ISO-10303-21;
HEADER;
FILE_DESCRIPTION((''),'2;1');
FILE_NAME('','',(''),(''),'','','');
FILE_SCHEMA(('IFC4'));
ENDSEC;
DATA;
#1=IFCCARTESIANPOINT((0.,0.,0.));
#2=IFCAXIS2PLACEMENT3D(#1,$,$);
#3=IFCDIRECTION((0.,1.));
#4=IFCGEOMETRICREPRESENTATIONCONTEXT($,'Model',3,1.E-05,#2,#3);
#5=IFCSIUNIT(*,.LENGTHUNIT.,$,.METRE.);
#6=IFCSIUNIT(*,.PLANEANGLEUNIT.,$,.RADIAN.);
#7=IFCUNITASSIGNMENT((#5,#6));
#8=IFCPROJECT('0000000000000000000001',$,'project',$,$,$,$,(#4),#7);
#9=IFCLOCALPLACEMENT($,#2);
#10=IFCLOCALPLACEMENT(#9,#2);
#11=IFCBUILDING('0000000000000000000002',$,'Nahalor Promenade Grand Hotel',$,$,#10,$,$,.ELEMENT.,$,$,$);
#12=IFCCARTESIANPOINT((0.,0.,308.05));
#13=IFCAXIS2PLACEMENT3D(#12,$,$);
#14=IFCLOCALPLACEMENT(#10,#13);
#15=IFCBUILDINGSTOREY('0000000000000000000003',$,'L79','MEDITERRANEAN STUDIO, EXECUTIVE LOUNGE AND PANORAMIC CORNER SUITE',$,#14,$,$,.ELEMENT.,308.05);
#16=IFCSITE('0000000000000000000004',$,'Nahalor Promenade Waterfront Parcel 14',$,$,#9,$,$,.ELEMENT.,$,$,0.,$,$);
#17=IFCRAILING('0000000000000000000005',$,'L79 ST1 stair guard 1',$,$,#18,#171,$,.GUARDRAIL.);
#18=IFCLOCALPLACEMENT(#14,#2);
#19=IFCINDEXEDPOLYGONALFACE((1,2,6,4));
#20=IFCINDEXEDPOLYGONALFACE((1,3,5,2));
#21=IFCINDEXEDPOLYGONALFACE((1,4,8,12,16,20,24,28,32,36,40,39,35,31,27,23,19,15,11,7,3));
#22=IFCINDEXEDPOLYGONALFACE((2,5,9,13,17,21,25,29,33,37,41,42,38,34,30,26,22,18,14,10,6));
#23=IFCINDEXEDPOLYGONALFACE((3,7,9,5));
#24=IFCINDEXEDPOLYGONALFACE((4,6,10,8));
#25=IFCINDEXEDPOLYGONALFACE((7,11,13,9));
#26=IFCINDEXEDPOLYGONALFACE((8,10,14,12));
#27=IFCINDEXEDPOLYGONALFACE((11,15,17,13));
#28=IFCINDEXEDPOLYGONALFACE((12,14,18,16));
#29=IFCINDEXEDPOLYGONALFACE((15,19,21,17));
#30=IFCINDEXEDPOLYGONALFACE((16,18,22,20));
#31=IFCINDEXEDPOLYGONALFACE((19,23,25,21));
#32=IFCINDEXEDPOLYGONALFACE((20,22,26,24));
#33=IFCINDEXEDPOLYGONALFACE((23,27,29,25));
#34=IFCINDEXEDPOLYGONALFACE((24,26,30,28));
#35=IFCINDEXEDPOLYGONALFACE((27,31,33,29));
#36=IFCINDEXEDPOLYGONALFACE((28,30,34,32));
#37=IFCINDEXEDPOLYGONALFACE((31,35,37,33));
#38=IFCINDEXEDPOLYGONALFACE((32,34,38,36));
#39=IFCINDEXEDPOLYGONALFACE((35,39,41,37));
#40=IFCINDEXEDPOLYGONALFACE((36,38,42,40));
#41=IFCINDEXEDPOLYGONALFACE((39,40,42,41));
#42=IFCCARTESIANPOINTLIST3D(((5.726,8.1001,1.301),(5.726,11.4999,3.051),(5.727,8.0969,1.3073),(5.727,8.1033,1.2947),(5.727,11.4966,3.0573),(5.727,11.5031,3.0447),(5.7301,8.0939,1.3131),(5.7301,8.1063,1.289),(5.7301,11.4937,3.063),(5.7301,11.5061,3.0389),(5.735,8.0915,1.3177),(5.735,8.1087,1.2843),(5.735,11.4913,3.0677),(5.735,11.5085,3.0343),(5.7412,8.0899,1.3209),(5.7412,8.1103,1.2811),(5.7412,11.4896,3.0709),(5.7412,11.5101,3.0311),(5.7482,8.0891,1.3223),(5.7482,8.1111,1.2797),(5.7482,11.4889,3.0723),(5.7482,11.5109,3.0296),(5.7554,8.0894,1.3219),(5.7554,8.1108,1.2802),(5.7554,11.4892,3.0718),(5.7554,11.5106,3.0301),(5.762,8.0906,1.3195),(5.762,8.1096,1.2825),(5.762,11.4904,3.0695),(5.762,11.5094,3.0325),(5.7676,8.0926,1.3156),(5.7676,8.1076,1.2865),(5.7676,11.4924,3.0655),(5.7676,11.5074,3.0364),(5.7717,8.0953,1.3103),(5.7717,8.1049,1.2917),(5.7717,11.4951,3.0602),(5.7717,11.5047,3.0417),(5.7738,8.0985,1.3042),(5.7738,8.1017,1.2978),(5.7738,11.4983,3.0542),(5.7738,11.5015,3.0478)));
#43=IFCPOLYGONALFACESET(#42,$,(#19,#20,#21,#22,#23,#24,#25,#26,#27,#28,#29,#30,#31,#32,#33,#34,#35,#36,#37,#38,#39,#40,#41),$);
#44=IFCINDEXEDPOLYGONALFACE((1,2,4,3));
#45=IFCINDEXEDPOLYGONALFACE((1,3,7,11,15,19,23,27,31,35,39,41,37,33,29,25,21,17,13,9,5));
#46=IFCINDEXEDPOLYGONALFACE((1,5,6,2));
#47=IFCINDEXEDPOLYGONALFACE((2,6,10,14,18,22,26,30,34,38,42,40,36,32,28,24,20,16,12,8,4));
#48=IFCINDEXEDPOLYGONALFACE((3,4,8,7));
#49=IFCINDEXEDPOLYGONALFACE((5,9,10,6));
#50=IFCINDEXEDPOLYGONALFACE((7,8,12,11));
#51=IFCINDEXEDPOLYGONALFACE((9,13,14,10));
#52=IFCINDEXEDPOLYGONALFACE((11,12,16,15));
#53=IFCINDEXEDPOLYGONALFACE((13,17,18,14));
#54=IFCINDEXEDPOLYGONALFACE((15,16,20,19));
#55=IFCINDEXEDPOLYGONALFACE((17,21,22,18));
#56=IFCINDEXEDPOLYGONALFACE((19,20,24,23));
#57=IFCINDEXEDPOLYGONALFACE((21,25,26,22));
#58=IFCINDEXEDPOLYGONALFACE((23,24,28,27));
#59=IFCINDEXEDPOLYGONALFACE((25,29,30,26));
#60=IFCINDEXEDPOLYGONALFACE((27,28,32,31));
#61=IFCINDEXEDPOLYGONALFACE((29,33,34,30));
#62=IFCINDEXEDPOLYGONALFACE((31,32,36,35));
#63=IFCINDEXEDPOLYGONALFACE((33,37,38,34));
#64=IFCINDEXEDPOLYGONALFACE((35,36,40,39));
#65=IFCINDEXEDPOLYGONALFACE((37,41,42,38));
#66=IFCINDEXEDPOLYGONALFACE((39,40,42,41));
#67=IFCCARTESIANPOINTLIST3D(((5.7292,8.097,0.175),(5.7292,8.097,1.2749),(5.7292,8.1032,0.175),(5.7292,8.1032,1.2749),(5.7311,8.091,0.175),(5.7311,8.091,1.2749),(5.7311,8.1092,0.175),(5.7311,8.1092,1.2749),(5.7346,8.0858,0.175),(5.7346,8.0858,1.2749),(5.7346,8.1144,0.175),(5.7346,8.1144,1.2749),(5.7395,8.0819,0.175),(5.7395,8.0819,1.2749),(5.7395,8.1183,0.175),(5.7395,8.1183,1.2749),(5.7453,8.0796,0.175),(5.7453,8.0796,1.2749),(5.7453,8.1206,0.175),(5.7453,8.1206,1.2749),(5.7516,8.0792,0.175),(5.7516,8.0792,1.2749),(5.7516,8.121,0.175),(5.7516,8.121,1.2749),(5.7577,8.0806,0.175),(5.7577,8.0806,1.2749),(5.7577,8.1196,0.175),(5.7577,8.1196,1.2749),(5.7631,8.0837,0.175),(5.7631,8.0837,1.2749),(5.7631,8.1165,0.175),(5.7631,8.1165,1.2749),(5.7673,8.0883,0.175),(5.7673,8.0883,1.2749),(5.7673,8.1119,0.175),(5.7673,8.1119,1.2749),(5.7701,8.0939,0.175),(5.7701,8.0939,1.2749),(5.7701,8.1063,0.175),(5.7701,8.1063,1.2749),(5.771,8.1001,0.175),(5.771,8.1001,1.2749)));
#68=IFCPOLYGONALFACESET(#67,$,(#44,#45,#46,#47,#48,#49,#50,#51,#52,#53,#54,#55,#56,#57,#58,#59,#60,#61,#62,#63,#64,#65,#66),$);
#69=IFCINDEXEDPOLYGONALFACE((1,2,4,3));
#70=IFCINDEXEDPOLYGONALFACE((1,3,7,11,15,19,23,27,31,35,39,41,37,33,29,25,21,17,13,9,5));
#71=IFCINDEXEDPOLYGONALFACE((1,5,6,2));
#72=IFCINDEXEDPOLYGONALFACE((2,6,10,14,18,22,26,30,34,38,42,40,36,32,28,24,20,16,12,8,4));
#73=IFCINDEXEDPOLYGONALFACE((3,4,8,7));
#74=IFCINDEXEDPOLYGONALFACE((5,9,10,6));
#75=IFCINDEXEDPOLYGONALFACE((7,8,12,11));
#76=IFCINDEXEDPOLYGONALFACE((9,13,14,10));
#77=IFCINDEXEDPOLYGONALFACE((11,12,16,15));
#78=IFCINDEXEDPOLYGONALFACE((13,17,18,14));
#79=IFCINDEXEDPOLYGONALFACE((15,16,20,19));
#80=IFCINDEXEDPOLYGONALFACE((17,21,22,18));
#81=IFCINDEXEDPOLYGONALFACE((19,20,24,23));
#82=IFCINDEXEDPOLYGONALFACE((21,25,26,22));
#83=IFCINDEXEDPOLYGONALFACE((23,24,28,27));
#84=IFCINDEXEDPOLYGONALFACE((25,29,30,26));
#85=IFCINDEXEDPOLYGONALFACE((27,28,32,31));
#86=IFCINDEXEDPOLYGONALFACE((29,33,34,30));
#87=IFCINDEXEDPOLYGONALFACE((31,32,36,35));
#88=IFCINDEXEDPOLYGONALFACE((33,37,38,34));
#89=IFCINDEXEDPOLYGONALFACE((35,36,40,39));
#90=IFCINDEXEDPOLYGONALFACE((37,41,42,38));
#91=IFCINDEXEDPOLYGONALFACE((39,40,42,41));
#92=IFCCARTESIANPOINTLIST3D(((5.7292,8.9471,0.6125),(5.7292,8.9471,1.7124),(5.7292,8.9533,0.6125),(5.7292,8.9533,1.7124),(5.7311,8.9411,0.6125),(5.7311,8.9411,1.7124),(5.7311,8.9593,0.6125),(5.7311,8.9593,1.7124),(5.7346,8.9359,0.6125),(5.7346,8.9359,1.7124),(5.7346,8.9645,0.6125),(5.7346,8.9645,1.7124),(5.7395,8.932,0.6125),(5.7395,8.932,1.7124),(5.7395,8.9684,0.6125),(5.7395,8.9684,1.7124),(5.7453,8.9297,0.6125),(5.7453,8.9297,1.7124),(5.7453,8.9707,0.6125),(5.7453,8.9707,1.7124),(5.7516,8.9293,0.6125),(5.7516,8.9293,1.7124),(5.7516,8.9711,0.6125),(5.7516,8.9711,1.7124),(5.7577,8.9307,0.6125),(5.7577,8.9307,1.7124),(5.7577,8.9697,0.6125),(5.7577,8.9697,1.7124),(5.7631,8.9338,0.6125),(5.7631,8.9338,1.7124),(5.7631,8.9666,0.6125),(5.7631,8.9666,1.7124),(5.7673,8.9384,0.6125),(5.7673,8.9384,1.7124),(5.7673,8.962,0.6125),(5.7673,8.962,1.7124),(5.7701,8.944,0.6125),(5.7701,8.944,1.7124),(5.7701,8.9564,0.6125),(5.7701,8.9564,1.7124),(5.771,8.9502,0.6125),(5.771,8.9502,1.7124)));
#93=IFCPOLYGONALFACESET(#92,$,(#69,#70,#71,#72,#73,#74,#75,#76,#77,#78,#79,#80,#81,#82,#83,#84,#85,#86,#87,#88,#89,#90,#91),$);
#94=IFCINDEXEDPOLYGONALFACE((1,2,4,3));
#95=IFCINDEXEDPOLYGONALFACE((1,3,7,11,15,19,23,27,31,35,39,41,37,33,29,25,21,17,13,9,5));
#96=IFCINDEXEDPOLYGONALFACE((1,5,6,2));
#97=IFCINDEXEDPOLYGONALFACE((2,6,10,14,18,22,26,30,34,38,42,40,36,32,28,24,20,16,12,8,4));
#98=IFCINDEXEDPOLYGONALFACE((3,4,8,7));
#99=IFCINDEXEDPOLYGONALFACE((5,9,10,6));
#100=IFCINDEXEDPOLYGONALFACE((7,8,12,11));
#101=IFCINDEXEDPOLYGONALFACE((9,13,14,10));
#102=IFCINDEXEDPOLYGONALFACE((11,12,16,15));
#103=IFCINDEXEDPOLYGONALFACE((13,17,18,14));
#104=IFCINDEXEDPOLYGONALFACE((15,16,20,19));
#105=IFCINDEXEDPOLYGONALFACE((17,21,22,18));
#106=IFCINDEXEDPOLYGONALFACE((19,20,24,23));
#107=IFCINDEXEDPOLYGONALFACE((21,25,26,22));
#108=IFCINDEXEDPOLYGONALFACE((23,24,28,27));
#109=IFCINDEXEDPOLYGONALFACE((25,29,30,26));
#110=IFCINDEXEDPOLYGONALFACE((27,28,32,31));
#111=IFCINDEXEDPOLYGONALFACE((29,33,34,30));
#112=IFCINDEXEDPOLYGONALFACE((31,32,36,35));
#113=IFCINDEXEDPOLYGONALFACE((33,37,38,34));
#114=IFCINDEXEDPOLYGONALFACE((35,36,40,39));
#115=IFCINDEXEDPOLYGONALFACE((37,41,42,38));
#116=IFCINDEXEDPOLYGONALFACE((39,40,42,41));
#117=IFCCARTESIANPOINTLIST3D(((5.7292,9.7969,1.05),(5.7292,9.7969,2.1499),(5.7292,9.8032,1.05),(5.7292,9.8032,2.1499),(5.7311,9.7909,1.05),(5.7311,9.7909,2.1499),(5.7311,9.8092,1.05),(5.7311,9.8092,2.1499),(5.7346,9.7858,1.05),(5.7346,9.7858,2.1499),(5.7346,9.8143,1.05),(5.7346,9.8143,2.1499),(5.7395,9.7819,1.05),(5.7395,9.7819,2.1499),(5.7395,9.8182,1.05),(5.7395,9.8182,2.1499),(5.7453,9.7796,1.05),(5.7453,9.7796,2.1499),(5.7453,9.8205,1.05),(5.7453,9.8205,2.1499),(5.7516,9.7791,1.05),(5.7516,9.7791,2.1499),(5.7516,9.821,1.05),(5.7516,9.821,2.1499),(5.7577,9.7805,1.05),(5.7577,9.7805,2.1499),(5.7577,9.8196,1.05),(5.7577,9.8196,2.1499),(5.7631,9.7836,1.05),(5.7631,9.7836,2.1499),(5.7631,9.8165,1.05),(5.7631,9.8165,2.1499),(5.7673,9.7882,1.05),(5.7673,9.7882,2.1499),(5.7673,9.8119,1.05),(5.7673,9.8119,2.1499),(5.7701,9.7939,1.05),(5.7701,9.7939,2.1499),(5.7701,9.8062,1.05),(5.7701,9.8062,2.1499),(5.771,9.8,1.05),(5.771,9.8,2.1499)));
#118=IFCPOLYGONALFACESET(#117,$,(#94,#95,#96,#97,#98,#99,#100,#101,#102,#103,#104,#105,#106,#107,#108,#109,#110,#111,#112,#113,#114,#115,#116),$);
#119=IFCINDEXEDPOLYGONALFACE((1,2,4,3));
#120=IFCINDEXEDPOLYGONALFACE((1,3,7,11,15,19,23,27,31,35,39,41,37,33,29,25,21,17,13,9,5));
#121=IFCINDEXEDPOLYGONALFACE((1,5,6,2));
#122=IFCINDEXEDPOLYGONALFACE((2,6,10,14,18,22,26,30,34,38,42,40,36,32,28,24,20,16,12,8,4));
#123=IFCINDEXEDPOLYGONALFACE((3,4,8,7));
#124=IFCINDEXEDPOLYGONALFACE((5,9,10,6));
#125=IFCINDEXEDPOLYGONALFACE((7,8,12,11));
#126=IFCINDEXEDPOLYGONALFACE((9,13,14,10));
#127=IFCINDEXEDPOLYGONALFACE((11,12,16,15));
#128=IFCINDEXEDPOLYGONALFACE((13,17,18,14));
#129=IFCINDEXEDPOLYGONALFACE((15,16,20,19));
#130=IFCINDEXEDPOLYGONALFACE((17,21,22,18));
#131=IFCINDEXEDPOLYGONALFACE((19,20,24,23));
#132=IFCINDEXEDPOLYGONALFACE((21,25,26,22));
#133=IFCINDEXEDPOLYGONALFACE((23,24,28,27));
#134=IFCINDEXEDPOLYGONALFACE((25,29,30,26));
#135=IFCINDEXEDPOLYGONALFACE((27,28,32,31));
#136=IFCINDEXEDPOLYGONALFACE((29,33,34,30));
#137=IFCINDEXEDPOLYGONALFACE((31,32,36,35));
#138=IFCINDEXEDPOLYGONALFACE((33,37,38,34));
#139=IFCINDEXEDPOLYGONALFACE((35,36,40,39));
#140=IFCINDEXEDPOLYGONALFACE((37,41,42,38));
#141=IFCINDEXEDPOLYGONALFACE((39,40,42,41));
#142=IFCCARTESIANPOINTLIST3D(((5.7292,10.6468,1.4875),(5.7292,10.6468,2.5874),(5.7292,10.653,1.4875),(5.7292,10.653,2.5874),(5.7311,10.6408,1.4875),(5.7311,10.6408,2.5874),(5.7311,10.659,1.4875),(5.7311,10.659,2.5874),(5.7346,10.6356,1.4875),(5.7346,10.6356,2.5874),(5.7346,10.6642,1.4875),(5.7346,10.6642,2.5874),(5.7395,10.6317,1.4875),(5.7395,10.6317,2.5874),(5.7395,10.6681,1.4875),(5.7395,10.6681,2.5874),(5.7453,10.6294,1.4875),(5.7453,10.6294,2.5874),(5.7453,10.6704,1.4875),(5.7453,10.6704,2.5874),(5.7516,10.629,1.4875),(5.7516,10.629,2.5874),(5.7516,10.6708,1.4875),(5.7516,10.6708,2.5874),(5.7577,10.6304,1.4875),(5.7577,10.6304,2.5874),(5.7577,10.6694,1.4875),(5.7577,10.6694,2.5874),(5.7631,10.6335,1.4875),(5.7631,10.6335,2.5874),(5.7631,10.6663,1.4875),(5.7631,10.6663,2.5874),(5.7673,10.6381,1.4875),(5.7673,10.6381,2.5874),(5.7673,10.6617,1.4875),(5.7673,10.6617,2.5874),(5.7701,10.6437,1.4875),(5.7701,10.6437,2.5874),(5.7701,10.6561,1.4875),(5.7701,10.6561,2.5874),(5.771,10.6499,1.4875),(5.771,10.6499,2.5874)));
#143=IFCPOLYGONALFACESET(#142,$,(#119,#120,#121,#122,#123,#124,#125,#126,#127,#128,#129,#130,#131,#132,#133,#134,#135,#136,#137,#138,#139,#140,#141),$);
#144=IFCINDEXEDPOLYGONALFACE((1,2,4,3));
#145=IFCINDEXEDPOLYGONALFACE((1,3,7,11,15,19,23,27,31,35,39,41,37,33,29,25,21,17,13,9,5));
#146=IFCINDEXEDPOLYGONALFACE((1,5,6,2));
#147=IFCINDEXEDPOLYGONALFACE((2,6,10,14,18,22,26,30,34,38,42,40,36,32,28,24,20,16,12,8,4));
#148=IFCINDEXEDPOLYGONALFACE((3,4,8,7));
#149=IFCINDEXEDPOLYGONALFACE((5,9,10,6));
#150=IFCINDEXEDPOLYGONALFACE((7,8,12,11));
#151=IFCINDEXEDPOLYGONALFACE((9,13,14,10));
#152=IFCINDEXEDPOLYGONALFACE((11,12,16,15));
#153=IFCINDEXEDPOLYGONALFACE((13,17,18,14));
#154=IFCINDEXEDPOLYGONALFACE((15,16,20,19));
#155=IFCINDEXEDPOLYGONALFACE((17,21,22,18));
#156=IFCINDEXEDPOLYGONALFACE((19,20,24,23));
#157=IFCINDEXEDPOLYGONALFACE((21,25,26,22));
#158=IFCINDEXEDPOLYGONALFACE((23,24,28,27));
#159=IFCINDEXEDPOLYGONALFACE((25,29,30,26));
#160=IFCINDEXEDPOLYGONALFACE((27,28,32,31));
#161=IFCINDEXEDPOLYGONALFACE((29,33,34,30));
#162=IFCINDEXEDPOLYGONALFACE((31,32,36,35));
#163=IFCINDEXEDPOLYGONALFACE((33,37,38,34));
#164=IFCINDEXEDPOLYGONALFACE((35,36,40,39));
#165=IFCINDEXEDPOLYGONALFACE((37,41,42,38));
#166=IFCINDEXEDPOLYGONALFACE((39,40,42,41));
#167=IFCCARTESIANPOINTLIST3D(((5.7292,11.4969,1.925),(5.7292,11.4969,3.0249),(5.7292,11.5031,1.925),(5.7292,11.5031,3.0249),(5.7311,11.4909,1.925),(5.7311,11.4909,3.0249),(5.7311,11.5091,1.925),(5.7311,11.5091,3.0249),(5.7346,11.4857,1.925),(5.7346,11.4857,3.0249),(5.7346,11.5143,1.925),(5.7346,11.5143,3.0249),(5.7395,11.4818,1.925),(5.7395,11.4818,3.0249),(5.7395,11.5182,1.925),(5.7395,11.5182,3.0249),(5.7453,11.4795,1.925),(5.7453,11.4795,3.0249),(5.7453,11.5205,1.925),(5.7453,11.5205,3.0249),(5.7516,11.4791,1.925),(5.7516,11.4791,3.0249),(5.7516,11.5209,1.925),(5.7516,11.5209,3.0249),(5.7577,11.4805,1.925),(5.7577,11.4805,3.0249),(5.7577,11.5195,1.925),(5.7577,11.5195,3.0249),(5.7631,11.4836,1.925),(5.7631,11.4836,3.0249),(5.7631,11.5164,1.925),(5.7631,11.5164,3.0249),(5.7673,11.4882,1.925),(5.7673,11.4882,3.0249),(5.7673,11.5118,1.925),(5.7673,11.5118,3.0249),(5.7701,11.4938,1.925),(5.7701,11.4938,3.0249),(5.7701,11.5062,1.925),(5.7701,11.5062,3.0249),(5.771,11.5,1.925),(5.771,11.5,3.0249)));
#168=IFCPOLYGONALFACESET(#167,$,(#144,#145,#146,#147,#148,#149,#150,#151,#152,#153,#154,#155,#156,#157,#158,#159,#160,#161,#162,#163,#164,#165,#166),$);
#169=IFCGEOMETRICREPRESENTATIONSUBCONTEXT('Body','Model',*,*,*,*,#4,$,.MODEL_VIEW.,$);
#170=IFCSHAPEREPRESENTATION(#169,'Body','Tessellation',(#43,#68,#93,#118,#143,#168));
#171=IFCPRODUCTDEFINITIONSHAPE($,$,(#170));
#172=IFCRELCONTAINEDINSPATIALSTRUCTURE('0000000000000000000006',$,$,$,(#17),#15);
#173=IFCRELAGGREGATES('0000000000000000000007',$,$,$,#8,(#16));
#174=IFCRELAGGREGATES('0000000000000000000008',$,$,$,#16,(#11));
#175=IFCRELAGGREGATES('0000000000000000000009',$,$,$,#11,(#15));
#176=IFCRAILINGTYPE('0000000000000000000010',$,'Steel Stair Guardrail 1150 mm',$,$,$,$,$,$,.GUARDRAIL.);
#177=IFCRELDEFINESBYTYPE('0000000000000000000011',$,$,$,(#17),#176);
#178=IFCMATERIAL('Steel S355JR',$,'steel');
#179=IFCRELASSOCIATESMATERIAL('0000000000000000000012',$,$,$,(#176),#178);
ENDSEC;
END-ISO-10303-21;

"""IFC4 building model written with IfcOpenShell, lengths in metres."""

from ifc_helpers import new_model, si_unit, direction, frame, origin, origin_2d, place, context, subcontext, project, spatial, circle, extrude, material, type_object, element, save


model = new_model("IFC4")

# Units and contexts
model_context = context("Model", 3, precision=1e-05, world=origin(), true_north=direction((0.0, 1.0)))
body_context = subcontext(model_context, "Body", "Model", "MODEL_VIEW")
ifc_project = project(units=[si_unit("LENGTHUNIT", "METRE"), si_unit("PLANEANGLEUNIT", "RADIAN")], contexts=[model_context])

# Site, building, storey
site_placement = place(None, origin())
site = spatial("IfcSite", under=ifc_project, at=site_placement, Name="Nahalor Promenade Waterfront Parcel 14", CompositionType="ELEMENT", RefElevation=0.0)
building_placement = place(site_placement, origin())
building = spatial("IfcBuilding", under=site, at=building_placement, Name="Nahalor Promenade Grand Hotel", CompositionType="ELEMENT")
storey_placement = place(building_placement, frame((0.0, 0.0, 308.05)))
storey = spatial("IfcBuildingStorey", under=building, at=storey_placement, Name="L79", Description="MEDITERRANEAN STUDIO, EXECUTIVE LOUNGE AND PANORAMIC CORNER SUITE", CompositionType="ELEMENT", Elevation=308.05)

# Shared definitions
ifc_material_1 = material(Name="Steel S355JR", Category="steel")

# Railing
railing_type_1 = type_object("IfcRailingType", Name="Steel Stair Guardrail 1150 mm", PredefinedType="GUARDRAIL", material=ifc_material_1)
railing_1_placement = place(storey_placement, frame((5.75, 8.1001, 0.175)))
element("IfcRailing", 1, at=railing_1_placement, inside=storey, type_object=railing_type_1, Name="L79 ST1 stair guard 1", PredefinedType="GUARDRAIL", context=body_context, shape_type="SweptSolid", body=[
    extrude(circle(Radius=0.024, at=origin_2d()), frame((0.0, 0.0, 1.126), z_axis=(0.0, 0.88913, 0.457654), x_axis=(-1.0, 0.0, 0.0)), (0.0, 0.0, 1.0), 3.8237),
    extrude(circle(Radius=0.021, at=origin_2d()), origin(), (0.0, 0.0, 1.0), 1.0999),
    extrude(circle(Radius=0.021, at=origin_2d()), frame((0.0, 0.8501, 0.4375)), (0.0, 0.0, 1.0), 1.0999),
    extrude(circle(Radius=0.021, at=origin_2d()), frame((0.0, 1.7, 0.875)), (0.0, 0.0, 1.0), 1.0999),
    extrude(circle(Radius=0.021, at=origin_2d()), frame((0.0, 2.5498, 1.3125)), (0.0, 0.0, 1.0), 1.0999),
    extrude(circle(Radius=0.021, at=origin_2d()), frame((0.0, 3.3999, 1.75)), (0.0, 0.0, 1.0), 1.0999),
])

save(model, "model.ifc")
